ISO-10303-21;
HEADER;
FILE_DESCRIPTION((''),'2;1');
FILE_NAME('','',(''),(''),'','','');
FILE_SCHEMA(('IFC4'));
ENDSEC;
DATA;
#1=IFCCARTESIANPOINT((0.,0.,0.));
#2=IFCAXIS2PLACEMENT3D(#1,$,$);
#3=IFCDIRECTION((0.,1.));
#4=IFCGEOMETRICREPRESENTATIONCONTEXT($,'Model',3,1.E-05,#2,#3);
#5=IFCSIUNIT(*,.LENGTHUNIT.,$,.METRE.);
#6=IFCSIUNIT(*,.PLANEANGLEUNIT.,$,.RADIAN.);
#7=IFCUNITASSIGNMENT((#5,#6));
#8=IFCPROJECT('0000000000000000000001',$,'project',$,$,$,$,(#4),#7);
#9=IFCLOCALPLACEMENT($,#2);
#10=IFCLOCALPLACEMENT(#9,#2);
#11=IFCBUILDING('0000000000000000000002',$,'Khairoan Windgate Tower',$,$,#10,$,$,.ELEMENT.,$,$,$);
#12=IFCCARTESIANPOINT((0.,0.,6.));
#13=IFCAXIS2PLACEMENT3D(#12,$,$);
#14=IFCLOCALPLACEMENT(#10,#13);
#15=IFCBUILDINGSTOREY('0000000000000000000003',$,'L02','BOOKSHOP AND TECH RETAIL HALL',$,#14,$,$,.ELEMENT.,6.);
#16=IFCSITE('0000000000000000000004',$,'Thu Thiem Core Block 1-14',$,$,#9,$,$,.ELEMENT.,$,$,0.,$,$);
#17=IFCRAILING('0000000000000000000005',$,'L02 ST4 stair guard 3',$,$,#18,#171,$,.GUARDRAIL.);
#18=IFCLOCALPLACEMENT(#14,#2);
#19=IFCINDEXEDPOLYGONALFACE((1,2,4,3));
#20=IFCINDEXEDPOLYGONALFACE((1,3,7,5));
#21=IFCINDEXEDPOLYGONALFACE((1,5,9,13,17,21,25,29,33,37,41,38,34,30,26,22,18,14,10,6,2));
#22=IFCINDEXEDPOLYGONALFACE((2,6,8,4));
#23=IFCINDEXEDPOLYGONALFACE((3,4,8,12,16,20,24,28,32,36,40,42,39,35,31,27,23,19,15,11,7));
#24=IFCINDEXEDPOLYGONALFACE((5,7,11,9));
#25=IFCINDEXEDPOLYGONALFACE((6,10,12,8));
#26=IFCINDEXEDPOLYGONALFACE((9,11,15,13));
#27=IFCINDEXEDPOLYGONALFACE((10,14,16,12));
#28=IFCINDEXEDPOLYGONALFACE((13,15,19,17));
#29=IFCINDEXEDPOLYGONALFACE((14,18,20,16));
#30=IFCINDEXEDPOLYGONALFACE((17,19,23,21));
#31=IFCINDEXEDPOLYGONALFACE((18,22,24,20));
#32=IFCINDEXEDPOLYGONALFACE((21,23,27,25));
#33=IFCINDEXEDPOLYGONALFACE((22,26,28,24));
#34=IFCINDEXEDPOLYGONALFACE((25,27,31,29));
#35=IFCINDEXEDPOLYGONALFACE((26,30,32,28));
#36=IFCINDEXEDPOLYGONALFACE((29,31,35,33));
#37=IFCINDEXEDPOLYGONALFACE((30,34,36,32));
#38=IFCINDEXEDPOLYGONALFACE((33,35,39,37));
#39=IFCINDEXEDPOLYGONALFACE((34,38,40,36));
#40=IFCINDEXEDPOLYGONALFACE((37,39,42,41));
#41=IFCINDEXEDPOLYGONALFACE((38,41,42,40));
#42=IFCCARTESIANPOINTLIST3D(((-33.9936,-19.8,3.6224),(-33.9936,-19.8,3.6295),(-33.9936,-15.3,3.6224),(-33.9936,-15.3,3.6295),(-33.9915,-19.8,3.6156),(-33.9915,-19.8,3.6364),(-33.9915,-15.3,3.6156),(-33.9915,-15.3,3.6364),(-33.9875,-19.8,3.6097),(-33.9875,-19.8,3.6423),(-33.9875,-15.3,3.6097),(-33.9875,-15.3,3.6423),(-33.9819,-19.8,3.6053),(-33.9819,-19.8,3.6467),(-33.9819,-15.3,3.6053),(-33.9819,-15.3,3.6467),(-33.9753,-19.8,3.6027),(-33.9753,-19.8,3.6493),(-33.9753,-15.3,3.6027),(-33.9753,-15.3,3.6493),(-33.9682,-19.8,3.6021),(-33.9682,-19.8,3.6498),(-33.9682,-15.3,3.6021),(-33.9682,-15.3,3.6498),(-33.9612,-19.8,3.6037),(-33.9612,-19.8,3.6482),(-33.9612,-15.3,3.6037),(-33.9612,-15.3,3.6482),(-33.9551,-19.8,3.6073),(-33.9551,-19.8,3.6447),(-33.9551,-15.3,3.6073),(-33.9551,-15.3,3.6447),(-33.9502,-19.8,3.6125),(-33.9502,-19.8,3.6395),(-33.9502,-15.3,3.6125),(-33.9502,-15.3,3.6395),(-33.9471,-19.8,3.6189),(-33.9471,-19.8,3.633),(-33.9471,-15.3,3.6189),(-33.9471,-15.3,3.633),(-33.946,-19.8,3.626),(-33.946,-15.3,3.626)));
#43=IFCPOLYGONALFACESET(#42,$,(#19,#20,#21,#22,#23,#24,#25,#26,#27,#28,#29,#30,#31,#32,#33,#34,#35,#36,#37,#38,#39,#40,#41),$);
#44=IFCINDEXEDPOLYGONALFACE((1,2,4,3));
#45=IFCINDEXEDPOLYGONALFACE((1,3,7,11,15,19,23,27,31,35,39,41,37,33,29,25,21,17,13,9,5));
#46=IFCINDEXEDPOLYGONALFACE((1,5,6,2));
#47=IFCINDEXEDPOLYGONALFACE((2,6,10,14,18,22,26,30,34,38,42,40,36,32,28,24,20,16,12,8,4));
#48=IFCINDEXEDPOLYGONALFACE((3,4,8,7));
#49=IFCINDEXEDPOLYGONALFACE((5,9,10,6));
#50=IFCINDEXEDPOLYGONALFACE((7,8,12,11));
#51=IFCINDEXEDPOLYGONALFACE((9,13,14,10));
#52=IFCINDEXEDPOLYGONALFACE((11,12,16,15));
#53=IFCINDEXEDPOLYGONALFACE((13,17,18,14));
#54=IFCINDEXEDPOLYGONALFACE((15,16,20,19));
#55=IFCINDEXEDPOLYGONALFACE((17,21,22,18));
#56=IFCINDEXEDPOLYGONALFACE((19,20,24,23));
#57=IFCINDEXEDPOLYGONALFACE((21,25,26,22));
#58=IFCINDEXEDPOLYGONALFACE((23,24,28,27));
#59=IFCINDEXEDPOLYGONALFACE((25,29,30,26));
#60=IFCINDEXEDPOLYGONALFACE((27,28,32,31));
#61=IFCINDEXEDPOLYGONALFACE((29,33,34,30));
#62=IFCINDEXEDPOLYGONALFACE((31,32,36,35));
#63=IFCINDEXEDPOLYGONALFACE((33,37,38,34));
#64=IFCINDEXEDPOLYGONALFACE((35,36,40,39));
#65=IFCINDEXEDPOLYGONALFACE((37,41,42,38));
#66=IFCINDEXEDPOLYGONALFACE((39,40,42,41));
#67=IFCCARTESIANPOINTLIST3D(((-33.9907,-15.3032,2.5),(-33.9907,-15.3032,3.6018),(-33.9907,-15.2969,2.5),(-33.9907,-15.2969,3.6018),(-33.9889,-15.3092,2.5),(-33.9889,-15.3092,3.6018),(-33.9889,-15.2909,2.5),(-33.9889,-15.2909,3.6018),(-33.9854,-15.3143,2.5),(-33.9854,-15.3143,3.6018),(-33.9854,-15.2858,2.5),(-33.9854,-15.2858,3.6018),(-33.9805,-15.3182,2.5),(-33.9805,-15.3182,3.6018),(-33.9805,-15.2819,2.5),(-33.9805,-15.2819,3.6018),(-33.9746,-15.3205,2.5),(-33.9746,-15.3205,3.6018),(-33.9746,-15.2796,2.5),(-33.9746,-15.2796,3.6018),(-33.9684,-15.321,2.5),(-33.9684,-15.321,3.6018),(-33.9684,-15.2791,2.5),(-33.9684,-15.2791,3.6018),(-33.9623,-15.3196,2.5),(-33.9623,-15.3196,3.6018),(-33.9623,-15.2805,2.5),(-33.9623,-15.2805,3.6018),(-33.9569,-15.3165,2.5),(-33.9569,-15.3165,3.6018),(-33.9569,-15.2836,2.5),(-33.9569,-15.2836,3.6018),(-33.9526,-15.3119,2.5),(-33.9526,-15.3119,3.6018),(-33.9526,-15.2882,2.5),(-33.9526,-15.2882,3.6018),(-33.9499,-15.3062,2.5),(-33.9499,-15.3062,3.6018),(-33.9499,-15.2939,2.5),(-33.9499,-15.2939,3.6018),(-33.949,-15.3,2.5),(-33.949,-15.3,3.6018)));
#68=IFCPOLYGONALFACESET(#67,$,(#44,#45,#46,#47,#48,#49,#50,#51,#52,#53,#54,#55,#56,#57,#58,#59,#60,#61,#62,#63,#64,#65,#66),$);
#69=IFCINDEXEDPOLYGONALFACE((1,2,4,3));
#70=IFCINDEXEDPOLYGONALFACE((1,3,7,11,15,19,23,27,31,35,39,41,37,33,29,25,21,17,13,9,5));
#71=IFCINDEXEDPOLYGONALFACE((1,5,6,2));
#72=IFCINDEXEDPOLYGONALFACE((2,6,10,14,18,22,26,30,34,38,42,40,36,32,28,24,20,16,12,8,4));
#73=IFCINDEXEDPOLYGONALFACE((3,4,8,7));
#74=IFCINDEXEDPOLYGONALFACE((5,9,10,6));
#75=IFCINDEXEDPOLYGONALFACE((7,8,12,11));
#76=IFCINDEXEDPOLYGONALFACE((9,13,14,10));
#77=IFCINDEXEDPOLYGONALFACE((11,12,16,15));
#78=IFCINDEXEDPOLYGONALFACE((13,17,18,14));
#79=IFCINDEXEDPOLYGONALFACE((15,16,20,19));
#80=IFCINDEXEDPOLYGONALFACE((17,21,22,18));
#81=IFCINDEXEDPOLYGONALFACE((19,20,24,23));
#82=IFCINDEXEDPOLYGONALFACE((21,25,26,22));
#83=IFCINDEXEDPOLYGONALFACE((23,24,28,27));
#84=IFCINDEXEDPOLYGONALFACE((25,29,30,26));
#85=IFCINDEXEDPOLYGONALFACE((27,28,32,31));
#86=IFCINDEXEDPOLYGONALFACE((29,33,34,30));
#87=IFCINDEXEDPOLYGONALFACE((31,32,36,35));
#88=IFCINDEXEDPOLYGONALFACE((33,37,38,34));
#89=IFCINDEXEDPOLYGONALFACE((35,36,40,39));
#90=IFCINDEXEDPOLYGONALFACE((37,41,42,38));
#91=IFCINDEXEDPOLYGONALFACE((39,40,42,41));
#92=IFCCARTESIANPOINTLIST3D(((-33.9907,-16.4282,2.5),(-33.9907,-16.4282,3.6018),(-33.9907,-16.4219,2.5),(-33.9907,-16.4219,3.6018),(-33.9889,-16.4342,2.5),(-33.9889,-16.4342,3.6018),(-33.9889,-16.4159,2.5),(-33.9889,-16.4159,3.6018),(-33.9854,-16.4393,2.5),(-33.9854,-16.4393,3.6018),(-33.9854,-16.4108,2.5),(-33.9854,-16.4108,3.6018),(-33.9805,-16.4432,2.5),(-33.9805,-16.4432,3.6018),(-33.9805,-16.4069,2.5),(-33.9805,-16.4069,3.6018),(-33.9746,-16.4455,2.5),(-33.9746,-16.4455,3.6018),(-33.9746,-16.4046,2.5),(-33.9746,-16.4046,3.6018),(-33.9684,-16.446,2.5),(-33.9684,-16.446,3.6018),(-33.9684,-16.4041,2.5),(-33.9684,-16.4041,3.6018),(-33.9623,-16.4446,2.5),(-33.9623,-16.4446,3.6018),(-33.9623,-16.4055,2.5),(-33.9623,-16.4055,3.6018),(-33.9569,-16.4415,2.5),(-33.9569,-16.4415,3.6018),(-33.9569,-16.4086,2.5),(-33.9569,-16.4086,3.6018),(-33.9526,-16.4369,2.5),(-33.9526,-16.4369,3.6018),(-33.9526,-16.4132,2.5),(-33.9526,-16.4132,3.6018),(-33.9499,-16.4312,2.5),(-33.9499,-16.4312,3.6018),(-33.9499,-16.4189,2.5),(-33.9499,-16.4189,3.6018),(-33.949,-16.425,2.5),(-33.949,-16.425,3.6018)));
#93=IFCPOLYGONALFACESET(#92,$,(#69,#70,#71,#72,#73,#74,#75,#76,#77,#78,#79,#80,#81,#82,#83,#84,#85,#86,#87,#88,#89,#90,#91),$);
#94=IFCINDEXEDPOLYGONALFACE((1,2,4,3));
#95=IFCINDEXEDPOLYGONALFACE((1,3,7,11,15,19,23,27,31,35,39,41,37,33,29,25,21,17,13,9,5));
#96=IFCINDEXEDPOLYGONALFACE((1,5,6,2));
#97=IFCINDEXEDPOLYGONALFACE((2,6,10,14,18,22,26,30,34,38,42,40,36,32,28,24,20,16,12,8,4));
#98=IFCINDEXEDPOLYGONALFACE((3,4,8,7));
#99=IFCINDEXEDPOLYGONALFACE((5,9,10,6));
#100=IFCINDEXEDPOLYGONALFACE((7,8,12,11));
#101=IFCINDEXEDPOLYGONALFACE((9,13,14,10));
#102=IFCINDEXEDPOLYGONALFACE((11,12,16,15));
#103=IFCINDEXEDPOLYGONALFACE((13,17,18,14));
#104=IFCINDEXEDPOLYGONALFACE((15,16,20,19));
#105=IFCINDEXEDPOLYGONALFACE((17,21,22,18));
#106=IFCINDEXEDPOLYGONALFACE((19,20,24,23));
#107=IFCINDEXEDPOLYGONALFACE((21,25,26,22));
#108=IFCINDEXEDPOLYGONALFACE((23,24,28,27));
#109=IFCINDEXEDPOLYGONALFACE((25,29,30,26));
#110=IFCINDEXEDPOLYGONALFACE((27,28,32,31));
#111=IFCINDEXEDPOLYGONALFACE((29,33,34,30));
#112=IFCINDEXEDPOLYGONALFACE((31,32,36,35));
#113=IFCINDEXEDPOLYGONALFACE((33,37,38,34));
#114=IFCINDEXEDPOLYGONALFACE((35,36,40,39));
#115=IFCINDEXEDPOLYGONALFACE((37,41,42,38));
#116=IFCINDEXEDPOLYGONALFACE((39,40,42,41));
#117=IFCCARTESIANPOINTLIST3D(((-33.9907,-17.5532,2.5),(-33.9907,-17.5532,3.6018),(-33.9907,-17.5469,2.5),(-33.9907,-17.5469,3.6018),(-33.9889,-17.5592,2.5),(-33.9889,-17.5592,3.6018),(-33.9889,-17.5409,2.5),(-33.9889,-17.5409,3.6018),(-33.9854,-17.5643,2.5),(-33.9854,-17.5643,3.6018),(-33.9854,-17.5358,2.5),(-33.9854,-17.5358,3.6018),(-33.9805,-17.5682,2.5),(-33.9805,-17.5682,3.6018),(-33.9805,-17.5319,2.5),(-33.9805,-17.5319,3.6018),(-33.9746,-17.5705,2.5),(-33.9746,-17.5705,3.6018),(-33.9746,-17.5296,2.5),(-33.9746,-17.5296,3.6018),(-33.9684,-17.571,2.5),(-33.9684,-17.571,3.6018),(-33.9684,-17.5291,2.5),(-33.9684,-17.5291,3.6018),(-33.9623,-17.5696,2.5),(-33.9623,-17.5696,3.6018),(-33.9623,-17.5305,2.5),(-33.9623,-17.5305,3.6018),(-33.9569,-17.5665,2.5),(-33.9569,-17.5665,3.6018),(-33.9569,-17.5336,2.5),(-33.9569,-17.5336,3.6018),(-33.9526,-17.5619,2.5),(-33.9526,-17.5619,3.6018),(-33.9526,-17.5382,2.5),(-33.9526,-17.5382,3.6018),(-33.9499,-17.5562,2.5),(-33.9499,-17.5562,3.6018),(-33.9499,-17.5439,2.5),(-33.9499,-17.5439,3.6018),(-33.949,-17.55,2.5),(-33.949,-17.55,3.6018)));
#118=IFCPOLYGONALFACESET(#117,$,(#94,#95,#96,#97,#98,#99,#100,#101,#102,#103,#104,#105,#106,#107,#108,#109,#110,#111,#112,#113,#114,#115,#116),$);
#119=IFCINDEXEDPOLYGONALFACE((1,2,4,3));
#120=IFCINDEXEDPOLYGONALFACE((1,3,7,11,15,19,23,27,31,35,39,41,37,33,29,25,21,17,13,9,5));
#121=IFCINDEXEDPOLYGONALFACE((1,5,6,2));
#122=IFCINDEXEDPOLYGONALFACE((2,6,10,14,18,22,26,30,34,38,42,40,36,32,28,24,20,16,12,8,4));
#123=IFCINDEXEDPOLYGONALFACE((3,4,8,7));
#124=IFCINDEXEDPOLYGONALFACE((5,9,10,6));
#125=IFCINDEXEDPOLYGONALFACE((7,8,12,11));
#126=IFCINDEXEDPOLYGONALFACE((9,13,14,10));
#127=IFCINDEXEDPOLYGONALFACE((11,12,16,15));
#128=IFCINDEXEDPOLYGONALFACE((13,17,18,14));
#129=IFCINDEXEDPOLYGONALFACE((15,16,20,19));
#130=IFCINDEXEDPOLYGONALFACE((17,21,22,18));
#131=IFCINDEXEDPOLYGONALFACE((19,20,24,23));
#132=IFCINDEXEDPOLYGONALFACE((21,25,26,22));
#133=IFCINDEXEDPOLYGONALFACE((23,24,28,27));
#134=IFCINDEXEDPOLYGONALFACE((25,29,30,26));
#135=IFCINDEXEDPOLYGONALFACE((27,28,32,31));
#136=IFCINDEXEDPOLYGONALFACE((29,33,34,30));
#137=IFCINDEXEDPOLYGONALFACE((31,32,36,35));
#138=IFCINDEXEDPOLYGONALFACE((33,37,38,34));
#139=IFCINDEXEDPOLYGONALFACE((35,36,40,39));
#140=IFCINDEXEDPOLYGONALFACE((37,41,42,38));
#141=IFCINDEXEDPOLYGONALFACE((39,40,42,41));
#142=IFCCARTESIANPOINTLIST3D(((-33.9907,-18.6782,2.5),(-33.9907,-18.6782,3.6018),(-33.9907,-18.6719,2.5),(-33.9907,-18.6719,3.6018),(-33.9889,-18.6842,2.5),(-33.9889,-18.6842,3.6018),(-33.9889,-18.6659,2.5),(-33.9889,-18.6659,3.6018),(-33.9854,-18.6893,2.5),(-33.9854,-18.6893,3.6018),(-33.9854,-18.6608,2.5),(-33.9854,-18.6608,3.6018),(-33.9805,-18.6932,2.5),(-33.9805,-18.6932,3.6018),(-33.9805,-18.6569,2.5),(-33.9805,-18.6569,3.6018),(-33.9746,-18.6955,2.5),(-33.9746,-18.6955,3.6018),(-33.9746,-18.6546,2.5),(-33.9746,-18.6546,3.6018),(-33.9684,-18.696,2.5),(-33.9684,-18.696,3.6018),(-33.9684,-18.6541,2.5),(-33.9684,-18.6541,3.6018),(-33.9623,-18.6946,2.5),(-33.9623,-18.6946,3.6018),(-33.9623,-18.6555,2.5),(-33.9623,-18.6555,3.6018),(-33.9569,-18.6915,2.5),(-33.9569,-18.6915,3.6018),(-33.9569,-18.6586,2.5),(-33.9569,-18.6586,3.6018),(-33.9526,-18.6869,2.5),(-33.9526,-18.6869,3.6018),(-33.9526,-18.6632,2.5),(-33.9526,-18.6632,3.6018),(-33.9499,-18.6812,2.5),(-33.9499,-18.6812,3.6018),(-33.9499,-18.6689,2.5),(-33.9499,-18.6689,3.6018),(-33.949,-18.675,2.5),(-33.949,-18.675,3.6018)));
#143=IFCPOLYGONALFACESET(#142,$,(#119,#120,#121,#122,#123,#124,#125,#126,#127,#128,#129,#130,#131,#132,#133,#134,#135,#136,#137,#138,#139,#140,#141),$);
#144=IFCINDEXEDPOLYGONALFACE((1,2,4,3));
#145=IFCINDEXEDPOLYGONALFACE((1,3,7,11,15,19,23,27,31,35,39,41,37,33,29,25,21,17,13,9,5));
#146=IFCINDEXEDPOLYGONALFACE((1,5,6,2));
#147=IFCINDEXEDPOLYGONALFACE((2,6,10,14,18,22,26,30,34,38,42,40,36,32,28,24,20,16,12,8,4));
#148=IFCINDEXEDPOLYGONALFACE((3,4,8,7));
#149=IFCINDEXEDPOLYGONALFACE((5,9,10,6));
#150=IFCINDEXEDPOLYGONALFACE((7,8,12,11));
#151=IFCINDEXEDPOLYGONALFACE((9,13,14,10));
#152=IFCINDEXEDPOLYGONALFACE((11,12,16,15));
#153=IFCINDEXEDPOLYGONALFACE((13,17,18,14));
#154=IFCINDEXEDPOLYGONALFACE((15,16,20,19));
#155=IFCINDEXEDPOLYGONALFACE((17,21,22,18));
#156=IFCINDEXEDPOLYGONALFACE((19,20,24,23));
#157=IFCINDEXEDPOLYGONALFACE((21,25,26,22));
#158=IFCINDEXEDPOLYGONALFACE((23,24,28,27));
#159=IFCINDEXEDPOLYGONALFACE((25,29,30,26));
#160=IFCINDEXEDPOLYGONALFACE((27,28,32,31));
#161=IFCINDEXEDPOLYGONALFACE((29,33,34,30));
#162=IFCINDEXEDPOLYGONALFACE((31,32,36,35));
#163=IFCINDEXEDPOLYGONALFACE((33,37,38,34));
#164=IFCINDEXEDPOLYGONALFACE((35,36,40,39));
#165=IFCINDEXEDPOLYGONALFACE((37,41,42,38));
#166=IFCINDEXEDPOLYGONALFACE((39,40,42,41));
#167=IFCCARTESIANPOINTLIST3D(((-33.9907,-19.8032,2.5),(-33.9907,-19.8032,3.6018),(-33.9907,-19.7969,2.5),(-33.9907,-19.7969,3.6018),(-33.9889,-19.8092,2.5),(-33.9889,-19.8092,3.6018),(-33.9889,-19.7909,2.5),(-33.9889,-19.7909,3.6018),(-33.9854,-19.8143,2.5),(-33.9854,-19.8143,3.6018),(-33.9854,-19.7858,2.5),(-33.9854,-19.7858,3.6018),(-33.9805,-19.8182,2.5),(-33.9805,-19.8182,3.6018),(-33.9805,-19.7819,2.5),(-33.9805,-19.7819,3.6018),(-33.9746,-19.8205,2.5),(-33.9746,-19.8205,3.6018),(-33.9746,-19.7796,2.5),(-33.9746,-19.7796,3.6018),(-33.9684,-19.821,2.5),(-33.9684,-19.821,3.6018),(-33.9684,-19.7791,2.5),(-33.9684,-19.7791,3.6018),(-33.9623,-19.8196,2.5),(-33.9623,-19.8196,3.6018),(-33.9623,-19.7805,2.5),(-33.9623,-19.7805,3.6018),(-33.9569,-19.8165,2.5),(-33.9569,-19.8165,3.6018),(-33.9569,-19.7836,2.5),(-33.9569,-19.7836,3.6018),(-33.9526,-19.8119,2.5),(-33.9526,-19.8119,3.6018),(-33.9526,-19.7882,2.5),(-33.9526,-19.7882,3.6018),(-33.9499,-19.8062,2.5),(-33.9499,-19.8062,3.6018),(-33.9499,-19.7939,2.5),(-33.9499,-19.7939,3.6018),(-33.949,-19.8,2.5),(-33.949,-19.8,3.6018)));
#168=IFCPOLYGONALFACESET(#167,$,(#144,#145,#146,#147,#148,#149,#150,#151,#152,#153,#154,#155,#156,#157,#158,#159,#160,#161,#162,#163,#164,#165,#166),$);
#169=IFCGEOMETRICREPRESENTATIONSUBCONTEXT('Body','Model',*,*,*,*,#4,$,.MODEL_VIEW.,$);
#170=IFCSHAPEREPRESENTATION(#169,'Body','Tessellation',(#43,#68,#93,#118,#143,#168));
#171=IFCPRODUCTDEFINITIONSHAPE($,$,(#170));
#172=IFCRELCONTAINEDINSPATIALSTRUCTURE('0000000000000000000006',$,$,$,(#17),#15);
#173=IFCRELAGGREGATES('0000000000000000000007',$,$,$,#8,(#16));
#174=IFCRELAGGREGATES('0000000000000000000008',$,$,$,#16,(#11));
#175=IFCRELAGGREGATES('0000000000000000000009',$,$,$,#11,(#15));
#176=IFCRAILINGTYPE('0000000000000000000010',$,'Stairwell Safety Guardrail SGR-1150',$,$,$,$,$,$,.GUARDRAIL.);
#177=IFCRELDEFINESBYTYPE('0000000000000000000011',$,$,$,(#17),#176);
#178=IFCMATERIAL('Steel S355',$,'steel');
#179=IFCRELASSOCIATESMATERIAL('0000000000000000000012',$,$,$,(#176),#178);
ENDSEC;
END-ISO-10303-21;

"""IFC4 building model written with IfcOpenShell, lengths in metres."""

from ifc_helpers import new_model, si_unit, direction, frame, origin, origin_2d, place, context, subcontext, project, spatial, circle, extrude, material, type_object, element, save


model = new_model("IFC4")

# Units and contexts
model_context = context("Model", 3, precision=1e-05, world=origin(), true_north=direction((0.0, 1.0)))
body_context = subcontext(model_context, "Body", "Model", "MODEL_VIEW")
ifc_project = project(units=[si_unit("LENGTHUNIT", "METRE"), si_unit("PLANEANGLEUNIT", "RADIAN")], contexts=[model_context])

# Site, building, storey
site_placement = place(None, origin())
site = spatial("IfcSite", under=ifc_project, at=site_placement, Name="Thu Thiem Core Block 1-14", CompositionType="ELEMENT", RefElevation=0.0)
building_placement = place(site_placement, origin())
building = spatial("IfcBuilding", under=site, at=building_placement, Name="Khairoan Windgate Tower", CompositionType="ELEMENT")
storey_placement = place(building_placement, frame((0.0, 0.0, 6.0)))
storey = spatial("IfcBuildingStorey", under=building, at=storey_placement, Name="L02", Description="BOOKSHOP AND TECH RETAIL HALL", CompositionType="ELEMENT", Elevation=6.0)

# Railing
ifc_material_1 = material(Name="Steel S355", Category="steel")
railing_type = type_object("IfcRailingType", Name="Stairwell Safety Guardrail SGR-1150", PredefinedType="GUARDRAIL", material=ifc_material_1)
railing_1_placement = place(storey_placement, frame((-33.97, -15.3, 2.5)))
element("IfcRailing", 1, at=railing_1_placement, inside=storey, type_object=railing_type, Name="L02 ST4 stair guard 3", PredefinedType="GUARDRAIL", context=body_context, shape_type="SweptSolid", body=[
    extrude(circle(Radius=0.0239, at=origin_2d()), frame((0.0, 0.0, 1.126), z_axis=(0.0, -1.0, 0.0), x_axis=(1.0, 0.0, 0.0)), (0.0, 0.0, 1.0), 4.5),
    extrude(circle(Radius=0.021, at=origin_2d()), origin(), (0.0, 0.0, 1.0), 1.1018),
    extrude(circle(Radius=0.021, at=origin_2d()), frame((0.0, -1.125, 0.0)), (0.0, 0.0, 1.0), 1.1018),
    extrude(circle(Radius=0.021, at=origin_2d()), frame((0.0, -2.25, 0.0)), (0.0, 0.0, 1.0), 1.1018),
    extrude(circle(Radius=0.021, at=origin_2d()), frame((0.0, -3.375, 0.0)), (0.0, 0.0, 1.0), 1.1018),
    extrude(circle(Radius=0.021, at=origin_2d()), frame((0.0, -4.5, 0.0)), (0.0, 0.0, 1.0), 1.1018),
])

save(model, "model.ifc")
